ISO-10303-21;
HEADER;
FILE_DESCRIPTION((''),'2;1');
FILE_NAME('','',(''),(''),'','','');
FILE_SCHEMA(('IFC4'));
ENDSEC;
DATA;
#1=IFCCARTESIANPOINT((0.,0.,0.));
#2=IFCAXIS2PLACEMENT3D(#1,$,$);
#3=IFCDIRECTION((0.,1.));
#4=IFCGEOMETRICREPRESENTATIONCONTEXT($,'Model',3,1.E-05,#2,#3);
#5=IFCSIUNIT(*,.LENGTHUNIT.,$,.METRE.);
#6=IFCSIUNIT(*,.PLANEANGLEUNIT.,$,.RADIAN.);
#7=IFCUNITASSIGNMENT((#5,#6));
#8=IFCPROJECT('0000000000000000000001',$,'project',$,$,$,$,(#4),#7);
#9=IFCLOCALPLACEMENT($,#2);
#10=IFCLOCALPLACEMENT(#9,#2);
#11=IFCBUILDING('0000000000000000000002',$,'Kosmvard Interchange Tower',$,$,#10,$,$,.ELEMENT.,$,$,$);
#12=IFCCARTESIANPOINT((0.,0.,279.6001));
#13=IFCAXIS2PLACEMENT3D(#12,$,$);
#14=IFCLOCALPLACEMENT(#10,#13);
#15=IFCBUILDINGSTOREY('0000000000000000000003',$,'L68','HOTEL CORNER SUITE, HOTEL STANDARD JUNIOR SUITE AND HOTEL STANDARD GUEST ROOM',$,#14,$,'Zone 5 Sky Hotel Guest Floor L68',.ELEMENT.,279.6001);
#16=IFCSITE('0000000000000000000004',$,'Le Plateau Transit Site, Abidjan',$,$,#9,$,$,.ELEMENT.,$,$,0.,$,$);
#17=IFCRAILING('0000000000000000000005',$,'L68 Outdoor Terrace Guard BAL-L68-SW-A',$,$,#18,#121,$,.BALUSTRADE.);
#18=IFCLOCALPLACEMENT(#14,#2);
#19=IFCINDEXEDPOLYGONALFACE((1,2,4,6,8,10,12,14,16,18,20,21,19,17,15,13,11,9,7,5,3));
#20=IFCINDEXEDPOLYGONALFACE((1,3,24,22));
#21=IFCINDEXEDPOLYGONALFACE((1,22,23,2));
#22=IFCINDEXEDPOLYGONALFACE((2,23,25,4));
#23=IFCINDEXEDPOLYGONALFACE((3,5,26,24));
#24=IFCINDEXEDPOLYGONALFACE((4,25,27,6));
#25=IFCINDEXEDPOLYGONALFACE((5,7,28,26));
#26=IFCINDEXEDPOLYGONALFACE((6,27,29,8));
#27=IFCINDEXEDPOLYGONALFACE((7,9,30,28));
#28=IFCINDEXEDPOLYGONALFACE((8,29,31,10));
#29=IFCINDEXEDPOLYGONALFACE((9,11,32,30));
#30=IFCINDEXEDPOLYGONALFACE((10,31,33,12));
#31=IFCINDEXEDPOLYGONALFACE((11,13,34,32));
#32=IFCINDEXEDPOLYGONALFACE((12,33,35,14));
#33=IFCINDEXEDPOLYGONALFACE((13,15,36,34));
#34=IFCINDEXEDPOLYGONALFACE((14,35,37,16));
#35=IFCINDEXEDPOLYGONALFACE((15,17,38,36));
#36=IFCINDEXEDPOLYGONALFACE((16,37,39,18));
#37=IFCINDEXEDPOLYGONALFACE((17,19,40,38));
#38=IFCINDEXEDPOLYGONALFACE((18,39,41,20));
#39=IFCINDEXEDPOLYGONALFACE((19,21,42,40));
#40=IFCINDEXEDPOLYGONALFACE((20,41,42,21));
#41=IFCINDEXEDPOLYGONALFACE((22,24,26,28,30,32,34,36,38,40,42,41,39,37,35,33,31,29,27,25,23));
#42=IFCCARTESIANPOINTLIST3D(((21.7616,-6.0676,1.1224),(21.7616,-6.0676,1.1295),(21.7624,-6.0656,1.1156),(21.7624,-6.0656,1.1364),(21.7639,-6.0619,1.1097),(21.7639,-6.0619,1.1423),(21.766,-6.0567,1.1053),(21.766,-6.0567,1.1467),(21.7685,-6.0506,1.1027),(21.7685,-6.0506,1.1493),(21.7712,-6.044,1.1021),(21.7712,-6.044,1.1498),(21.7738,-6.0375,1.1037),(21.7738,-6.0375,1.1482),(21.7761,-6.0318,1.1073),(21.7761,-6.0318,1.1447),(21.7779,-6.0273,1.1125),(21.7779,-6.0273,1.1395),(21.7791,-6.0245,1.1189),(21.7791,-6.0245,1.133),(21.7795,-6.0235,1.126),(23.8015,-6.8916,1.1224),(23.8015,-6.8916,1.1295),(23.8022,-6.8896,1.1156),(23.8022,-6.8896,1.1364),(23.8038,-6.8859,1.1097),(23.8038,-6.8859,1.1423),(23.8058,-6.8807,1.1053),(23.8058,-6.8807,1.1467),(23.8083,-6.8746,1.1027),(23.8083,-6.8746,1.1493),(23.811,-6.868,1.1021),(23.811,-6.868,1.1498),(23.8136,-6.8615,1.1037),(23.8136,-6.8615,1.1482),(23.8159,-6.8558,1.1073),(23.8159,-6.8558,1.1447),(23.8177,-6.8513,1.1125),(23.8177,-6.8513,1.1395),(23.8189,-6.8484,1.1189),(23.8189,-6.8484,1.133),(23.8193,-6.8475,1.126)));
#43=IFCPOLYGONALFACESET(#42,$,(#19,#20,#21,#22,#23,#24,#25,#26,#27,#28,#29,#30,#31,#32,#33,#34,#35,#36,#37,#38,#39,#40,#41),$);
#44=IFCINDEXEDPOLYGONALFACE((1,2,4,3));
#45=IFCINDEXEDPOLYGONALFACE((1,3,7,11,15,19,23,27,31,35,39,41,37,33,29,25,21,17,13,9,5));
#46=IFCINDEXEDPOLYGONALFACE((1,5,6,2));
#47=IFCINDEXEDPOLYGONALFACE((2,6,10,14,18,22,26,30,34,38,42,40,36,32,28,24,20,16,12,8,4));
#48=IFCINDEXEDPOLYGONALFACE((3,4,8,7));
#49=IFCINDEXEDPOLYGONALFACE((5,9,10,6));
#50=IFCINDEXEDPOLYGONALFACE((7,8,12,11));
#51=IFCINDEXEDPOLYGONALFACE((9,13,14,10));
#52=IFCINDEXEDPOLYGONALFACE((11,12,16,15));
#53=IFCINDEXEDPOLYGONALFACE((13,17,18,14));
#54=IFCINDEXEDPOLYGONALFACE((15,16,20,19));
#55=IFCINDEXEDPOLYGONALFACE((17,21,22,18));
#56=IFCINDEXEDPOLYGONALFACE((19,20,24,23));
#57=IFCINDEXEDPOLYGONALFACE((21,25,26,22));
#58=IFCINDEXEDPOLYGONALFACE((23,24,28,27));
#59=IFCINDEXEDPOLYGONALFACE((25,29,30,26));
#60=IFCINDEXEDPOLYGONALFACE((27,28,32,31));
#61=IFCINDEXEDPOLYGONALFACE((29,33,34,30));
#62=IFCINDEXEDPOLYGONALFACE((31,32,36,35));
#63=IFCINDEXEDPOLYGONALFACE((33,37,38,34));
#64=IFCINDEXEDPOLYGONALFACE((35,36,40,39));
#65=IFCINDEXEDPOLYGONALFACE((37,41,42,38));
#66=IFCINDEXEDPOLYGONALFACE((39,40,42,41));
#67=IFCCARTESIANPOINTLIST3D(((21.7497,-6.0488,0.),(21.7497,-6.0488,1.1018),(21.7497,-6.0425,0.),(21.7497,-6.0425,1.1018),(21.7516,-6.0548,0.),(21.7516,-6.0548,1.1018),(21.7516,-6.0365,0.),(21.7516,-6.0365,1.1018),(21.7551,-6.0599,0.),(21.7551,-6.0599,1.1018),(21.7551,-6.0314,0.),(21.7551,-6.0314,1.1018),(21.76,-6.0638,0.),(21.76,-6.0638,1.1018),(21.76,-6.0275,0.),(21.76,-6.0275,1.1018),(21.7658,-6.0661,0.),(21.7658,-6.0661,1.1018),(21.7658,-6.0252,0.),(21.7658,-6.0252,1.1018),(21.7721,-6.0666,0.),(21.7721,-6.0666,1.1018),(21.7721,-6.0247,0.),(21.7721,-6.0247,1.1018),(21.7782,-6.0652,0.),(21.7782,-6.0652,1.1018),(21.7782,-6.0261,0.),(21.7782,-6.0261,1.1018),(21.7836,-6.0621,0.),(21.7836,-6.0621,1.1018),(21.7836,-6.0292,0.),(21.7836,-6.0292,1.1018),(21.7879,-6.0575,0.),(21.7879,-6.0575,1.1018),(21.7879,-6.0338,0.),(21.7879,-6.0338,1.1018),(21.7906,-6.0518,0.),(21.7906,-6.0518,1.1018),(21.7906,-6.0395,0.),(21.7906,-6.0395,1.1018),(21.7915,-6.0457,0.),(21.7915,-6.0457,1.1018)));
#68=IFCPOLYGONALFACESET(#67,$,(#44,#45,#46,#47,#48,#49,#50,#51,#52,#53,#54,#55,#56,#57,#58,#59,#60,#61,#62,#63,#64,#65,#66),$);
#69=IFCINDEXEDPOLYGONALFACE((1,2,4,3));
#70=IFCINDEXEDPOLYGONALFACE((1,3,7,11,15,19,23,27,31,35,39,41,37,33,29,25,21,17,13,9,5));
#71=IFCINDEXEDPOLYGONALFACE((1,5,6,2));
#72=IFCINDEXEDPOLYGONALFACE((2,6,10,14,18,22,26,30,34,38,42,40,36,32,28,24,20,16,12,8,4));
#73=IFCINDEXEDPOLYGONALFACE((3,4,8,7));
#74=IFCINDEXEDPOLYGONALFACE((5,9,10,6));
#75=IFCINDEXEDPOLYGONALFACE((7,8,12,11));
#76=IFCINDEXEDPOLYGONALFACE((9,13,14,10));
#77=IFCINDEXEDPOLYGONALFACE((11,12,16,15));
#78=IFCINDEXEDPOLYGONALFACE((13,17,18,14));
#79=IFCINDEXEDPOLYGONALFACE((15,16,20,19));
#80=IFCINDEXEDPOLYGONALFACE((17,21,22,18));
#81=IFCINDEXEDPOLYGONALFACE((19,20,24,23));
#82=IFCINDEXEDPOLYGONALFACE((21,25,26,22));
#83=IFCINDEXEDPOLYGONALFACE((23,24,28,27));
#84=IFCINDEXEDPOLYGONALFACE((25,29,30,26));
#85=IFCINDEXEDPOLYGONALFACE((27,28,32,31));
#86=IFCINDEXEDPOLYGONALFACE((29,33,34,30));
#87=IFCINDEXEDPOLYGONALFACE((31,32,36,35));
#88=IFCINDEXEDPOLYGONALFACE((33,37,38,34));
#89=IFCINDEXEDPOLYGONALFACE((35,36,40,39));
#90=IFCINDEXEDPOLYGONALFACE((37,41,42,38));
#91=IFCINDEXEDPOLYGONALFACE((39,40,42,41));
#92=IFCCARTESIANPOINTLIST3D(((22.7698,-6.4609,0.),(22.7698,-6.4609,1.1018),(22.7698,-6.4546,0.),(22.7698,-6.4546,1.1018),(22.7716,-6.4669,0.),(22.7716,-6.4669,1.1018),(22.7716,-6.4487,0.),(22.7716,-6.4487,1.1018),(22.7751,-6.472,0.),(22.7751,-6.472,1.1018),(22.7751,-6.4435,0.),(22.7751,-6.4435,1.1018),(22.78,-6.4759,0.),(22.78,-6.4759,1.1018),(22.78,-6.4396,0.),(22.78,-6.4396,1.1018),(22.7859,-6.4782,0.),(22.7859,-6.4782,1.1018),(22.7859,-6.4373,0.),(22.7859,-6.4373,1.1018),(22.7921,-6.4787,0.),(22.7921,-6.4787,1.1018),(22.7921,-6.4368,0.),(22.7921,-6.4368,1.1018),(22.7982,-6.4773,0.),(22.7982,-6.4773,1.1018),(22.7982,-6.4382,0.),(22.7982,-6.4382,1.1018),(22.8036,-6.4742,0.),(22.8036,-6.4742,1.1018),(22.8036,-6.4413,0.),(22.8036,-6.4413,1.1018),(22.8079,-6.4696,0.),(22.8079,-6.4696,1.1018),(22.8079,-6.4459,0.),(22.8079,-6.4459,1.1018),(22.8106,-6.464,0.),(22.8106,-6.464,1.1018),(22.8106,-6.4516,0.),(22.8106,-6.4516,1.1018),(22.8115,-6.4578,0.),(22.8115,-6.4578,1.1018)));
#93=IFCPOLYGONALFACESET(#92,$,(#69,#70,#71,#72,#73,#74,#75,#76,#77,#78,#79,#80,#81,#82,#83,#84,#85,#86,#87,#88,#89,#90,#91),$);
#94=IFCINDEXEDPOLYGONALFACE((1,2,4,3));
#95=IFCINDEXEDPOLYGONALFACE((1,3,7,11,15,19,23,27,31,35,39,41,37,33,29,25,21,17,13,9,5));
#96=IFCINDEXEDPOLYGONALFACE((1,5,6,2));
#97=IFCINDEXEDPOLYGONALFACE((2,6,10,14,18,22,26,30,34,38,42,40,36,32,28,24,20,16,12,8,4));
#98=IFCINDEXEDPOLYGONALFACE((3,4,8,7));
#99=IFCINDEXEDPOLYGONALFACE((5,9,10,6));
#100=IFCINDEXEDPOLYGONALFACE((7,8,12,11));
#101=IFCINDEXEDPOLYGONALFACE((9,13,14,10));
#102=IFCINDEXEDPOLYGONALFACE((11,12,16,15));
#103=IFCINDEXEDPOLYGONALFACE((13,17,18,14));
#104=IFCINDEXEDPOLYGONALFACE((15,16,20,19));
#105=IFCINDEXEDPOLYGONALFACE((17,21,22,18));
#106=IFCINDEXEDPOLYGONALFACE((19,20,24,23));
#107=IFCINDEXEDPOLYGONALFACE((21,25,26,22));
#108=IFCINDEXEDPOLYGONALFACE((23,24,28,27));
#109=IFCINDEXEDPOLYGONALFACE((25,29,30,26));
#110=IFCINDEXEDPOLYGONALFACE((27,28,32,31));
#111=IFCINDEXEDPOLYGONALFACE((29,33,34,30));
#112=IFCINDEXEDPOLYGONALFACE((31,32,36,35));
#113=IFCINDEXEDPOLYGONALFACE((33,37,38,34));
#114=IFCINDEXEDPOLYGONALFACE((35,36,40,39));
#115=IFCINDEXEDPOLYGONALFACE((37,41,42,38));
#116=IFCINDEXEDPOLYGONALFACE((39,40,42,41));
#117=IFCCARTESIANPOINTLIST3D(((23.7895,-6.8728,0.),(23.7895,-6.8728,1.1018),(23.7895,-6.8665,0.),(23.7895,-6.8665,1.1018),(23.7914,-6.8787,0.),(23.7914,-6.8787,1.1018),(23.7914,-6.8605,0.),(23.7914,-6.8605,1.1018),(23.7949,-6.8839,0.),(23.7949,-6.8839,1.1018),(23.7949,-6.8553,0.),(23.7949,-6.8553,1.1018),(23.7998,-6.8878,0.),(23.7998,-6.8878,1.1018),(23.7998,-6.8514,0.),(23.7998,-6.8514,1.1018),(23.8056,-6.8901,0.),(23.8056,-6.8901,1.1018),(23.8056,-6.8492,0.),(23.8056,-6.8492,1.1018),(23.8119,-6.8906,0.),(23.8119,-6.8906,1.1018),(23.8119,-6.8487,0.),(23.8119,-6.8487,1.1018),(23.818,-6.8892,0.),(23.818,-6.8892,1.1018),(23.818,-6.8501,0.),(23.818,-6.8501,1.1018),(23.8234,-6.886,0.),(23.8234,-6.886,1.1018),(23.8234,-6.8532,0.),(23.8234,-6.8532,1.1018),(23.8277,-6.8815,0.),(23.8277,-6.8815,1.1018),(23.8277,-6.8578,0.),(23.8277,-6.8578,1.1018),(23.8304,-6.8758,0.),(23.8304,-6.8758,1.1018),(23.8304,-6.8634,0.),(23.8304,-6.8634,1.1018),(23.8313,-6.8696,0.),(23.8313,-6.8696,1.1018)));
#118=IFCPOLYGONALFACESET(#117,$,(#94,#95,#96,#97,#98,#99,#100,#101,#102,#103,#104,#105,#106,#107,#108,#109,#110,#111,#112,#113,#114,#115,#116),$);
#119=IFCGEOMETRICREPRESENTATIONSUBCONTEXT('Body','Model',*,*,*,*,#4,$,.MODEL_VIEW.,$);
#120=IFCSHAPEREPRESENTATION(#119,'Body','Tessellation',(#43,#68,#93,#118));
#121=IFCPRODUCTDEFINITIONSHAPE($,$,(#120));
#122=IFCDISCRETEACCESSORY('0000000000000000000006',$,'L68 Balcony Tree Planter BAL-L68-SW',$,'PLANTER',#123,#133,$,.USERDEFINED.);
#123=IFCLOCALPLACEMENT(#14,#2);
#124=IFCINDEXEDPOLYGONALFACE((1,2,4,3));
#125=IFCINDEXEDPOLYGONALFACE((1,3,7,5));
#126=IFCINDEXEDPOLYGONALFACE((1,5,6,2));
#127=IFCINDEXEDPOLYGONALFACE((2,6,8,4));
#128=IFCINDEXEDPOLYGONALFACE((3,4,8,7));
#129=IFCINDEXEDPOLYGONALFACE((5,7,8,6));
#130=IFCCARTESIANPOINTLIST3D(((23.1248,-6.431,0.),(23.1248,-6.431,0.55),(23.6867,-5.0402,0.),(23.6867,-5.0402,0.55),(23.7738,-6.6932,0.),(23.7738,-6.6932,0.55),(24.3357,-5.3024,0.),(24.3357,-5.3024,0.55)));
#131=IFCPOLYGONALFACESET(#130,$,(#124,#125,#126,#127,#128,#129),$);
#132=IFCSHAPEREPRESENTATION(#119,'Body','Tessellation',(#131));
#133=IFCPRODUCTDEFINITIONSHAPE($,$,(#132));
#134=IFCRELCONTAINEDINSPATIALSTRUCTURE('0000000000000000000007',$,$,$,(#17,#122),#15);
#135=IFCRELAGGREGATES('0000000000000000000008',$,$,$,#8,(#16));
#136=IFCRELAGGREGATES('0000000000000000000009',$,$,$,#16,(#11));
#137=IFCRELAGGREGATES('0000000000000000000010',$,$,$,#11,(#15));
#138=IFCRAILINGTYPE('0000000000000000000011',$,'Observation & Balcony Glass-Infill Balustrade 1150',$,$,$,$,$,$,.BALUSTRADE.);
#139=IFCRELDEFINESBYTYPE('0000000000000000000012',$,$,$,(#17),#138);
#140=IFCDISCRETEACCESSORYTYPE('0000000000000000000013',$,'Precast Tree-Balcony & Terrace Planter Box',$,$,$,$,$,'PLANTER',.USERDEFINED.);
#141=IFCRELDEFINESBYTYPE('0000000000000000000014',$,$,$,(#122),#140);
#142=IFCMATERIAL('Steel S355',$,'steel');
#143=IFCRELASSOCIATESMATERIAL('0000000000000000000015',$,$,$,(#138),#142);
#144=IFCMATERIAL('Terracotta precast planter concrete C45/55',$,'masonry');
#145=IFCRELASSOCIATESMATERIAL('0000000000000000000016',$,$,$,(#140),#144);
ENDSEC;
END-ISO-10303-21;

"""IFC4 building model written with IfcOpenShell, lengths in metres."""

from ifc_helpers import new_model, si_unit, direction, frame, origin, origin_2d, place, context, subcontext, project, spatial, rectangle, circle, extrude, source, transform, mapped, material, type_object, element, save


model = new_model("IFC4")

# Units and contexts
model_context = context("Model", 3, precision=1e-05, world=origin(), true_north=direction((0.0, 1.0)))
body_context = subcontext(model_context, "Body", "Model", "MODEL_VIEW")
ifc_project = project(units=[si_unit("LENGTHUNIT", "METRE"), si_unit("PLANEANGLEUNIT", "RADIAN")], contexts=[model_context])

# Site, building, storey
site_placement = place(None, origin())
site = spatial("IfcSite", under=ifc_project, at=site_placement, Name="Le Plateau Transit Site, Abidjan", CompositionType="ELEMENT", RefElevation=0.0)
building_placement = place(site_placement, origin())
building = spatial("IfcBuilding", under=site, at=building_placement, Name="Kosmvard Interchange Tower", CompositionType="ELEMENT")
storey_placement = place(building_placement, frame((0.0, 0.0, 279.6001)))
storey = spatial("IfcBuildingStorey", under=building, at=storey_placement, Name="L68", Description="HOTEL CORNER SUITE, HOTEL STANDARD JUNIOR SUITE AND HOTEL STANDARD GUEST ROOM", LongName="Zone 5 Sky Hotel Guest Floor L68", CompositionType="ELEMENT", Elevation=279.6001)

# Shared definitions
ifc_material_1 = material(Name="Steel S355", Category="steel")

# Railing
railing_type = type_object("IfcRailingType", Name="Observation & Balcony Glass-Infill Balustrade 1150", PredefinedType="BALUSTRADE", material=ifc_material_1)
shared_shape_1 = source(origin(), body_context, "Body", "SweptSolid", [
    extrude(circle(Radius=0.0239, at=origin_2d()), frame((0.0, 0.0, 1.126), z_axis=(0.927208, -0.374546, 0.0), x_axis=(0.374546, 0.927208, 0.0)), (0.0, 0.0, 1.0), 2.2),
    extrude(circle(Radius=0.021, at=origin_2d()), origin(), (0.0, 0.0, 1.0), 1.1018),
    extrude(circle(Radius=0.021, at=origin_2d()), frame((1.02, -0.4121, 0.0)), (0.0, 0.0, 1.0), 1.1018),
    extrude(circle(Radius=0.021, at=origin_2d()), frame((2.0398, -0.824, 0.0)), (0.0, 0.0, 1.0), 1.1018),
])
railing_1_placement = place(storey_placement, frame((21.7705, -6.0457, 0.0)))
element("IfcRailing", 1, at=railing_1_placement, inside=storey, type_object=railing_type, Name="L68 Outdoor Terrace Guard BAL-L68-SW-A", PredefinedType="BALUSTRADE", context=body_context, shape_type="MappedRepresentation", body=[
    mapped(shared_shape_1, transform((0.0, 0.0, 0.0), scale=1.0)),
])

# Discrete accessory
ifc_material_2 = material(Name="Terracotta precast planter concrete C45/55", Category="masonry")
discrete_accessory_type = type_object("IfcDiscreteAccessoryType", Name="Precast Tree-Balcony & Terrace Planter Box", ElementType="PLANTER", PredefinedType="USERDEFINED", material=ifc_material_2)
shared_shape_2 = source(origin(), body_context, "Body", "SweptSolid", [
    extrude(rectangle(XDim=1.5, YDim=0.7, at=origin_2d()), origin(), (0.0, 0.0, 1.0), 0.55),
])
discrete_accessory_placement = place(storey_placement, frame((23.7302, -5.8667, 0.0), z_axis=(0.0, 0.0, 1.0), x_axis=(0.374607, 0.927184, 0.0)))
element("IfcDiscreteAccessory", 2, at=discrete_accessory_placement, inside=storey, type_object=discrete_accessory_type, Name="L68 Balcony Tree Planter BAL-L68-SW", ObjectType="PLANTER", PredefinedType="USERDEFINED", context=body_context, shape_type="MappedRepresentation", body=[
    mapped(shared_shape_2, transform((0.0, 0.0, 0.0), scale=1.0)),
])

save(model, "model.ifc")
